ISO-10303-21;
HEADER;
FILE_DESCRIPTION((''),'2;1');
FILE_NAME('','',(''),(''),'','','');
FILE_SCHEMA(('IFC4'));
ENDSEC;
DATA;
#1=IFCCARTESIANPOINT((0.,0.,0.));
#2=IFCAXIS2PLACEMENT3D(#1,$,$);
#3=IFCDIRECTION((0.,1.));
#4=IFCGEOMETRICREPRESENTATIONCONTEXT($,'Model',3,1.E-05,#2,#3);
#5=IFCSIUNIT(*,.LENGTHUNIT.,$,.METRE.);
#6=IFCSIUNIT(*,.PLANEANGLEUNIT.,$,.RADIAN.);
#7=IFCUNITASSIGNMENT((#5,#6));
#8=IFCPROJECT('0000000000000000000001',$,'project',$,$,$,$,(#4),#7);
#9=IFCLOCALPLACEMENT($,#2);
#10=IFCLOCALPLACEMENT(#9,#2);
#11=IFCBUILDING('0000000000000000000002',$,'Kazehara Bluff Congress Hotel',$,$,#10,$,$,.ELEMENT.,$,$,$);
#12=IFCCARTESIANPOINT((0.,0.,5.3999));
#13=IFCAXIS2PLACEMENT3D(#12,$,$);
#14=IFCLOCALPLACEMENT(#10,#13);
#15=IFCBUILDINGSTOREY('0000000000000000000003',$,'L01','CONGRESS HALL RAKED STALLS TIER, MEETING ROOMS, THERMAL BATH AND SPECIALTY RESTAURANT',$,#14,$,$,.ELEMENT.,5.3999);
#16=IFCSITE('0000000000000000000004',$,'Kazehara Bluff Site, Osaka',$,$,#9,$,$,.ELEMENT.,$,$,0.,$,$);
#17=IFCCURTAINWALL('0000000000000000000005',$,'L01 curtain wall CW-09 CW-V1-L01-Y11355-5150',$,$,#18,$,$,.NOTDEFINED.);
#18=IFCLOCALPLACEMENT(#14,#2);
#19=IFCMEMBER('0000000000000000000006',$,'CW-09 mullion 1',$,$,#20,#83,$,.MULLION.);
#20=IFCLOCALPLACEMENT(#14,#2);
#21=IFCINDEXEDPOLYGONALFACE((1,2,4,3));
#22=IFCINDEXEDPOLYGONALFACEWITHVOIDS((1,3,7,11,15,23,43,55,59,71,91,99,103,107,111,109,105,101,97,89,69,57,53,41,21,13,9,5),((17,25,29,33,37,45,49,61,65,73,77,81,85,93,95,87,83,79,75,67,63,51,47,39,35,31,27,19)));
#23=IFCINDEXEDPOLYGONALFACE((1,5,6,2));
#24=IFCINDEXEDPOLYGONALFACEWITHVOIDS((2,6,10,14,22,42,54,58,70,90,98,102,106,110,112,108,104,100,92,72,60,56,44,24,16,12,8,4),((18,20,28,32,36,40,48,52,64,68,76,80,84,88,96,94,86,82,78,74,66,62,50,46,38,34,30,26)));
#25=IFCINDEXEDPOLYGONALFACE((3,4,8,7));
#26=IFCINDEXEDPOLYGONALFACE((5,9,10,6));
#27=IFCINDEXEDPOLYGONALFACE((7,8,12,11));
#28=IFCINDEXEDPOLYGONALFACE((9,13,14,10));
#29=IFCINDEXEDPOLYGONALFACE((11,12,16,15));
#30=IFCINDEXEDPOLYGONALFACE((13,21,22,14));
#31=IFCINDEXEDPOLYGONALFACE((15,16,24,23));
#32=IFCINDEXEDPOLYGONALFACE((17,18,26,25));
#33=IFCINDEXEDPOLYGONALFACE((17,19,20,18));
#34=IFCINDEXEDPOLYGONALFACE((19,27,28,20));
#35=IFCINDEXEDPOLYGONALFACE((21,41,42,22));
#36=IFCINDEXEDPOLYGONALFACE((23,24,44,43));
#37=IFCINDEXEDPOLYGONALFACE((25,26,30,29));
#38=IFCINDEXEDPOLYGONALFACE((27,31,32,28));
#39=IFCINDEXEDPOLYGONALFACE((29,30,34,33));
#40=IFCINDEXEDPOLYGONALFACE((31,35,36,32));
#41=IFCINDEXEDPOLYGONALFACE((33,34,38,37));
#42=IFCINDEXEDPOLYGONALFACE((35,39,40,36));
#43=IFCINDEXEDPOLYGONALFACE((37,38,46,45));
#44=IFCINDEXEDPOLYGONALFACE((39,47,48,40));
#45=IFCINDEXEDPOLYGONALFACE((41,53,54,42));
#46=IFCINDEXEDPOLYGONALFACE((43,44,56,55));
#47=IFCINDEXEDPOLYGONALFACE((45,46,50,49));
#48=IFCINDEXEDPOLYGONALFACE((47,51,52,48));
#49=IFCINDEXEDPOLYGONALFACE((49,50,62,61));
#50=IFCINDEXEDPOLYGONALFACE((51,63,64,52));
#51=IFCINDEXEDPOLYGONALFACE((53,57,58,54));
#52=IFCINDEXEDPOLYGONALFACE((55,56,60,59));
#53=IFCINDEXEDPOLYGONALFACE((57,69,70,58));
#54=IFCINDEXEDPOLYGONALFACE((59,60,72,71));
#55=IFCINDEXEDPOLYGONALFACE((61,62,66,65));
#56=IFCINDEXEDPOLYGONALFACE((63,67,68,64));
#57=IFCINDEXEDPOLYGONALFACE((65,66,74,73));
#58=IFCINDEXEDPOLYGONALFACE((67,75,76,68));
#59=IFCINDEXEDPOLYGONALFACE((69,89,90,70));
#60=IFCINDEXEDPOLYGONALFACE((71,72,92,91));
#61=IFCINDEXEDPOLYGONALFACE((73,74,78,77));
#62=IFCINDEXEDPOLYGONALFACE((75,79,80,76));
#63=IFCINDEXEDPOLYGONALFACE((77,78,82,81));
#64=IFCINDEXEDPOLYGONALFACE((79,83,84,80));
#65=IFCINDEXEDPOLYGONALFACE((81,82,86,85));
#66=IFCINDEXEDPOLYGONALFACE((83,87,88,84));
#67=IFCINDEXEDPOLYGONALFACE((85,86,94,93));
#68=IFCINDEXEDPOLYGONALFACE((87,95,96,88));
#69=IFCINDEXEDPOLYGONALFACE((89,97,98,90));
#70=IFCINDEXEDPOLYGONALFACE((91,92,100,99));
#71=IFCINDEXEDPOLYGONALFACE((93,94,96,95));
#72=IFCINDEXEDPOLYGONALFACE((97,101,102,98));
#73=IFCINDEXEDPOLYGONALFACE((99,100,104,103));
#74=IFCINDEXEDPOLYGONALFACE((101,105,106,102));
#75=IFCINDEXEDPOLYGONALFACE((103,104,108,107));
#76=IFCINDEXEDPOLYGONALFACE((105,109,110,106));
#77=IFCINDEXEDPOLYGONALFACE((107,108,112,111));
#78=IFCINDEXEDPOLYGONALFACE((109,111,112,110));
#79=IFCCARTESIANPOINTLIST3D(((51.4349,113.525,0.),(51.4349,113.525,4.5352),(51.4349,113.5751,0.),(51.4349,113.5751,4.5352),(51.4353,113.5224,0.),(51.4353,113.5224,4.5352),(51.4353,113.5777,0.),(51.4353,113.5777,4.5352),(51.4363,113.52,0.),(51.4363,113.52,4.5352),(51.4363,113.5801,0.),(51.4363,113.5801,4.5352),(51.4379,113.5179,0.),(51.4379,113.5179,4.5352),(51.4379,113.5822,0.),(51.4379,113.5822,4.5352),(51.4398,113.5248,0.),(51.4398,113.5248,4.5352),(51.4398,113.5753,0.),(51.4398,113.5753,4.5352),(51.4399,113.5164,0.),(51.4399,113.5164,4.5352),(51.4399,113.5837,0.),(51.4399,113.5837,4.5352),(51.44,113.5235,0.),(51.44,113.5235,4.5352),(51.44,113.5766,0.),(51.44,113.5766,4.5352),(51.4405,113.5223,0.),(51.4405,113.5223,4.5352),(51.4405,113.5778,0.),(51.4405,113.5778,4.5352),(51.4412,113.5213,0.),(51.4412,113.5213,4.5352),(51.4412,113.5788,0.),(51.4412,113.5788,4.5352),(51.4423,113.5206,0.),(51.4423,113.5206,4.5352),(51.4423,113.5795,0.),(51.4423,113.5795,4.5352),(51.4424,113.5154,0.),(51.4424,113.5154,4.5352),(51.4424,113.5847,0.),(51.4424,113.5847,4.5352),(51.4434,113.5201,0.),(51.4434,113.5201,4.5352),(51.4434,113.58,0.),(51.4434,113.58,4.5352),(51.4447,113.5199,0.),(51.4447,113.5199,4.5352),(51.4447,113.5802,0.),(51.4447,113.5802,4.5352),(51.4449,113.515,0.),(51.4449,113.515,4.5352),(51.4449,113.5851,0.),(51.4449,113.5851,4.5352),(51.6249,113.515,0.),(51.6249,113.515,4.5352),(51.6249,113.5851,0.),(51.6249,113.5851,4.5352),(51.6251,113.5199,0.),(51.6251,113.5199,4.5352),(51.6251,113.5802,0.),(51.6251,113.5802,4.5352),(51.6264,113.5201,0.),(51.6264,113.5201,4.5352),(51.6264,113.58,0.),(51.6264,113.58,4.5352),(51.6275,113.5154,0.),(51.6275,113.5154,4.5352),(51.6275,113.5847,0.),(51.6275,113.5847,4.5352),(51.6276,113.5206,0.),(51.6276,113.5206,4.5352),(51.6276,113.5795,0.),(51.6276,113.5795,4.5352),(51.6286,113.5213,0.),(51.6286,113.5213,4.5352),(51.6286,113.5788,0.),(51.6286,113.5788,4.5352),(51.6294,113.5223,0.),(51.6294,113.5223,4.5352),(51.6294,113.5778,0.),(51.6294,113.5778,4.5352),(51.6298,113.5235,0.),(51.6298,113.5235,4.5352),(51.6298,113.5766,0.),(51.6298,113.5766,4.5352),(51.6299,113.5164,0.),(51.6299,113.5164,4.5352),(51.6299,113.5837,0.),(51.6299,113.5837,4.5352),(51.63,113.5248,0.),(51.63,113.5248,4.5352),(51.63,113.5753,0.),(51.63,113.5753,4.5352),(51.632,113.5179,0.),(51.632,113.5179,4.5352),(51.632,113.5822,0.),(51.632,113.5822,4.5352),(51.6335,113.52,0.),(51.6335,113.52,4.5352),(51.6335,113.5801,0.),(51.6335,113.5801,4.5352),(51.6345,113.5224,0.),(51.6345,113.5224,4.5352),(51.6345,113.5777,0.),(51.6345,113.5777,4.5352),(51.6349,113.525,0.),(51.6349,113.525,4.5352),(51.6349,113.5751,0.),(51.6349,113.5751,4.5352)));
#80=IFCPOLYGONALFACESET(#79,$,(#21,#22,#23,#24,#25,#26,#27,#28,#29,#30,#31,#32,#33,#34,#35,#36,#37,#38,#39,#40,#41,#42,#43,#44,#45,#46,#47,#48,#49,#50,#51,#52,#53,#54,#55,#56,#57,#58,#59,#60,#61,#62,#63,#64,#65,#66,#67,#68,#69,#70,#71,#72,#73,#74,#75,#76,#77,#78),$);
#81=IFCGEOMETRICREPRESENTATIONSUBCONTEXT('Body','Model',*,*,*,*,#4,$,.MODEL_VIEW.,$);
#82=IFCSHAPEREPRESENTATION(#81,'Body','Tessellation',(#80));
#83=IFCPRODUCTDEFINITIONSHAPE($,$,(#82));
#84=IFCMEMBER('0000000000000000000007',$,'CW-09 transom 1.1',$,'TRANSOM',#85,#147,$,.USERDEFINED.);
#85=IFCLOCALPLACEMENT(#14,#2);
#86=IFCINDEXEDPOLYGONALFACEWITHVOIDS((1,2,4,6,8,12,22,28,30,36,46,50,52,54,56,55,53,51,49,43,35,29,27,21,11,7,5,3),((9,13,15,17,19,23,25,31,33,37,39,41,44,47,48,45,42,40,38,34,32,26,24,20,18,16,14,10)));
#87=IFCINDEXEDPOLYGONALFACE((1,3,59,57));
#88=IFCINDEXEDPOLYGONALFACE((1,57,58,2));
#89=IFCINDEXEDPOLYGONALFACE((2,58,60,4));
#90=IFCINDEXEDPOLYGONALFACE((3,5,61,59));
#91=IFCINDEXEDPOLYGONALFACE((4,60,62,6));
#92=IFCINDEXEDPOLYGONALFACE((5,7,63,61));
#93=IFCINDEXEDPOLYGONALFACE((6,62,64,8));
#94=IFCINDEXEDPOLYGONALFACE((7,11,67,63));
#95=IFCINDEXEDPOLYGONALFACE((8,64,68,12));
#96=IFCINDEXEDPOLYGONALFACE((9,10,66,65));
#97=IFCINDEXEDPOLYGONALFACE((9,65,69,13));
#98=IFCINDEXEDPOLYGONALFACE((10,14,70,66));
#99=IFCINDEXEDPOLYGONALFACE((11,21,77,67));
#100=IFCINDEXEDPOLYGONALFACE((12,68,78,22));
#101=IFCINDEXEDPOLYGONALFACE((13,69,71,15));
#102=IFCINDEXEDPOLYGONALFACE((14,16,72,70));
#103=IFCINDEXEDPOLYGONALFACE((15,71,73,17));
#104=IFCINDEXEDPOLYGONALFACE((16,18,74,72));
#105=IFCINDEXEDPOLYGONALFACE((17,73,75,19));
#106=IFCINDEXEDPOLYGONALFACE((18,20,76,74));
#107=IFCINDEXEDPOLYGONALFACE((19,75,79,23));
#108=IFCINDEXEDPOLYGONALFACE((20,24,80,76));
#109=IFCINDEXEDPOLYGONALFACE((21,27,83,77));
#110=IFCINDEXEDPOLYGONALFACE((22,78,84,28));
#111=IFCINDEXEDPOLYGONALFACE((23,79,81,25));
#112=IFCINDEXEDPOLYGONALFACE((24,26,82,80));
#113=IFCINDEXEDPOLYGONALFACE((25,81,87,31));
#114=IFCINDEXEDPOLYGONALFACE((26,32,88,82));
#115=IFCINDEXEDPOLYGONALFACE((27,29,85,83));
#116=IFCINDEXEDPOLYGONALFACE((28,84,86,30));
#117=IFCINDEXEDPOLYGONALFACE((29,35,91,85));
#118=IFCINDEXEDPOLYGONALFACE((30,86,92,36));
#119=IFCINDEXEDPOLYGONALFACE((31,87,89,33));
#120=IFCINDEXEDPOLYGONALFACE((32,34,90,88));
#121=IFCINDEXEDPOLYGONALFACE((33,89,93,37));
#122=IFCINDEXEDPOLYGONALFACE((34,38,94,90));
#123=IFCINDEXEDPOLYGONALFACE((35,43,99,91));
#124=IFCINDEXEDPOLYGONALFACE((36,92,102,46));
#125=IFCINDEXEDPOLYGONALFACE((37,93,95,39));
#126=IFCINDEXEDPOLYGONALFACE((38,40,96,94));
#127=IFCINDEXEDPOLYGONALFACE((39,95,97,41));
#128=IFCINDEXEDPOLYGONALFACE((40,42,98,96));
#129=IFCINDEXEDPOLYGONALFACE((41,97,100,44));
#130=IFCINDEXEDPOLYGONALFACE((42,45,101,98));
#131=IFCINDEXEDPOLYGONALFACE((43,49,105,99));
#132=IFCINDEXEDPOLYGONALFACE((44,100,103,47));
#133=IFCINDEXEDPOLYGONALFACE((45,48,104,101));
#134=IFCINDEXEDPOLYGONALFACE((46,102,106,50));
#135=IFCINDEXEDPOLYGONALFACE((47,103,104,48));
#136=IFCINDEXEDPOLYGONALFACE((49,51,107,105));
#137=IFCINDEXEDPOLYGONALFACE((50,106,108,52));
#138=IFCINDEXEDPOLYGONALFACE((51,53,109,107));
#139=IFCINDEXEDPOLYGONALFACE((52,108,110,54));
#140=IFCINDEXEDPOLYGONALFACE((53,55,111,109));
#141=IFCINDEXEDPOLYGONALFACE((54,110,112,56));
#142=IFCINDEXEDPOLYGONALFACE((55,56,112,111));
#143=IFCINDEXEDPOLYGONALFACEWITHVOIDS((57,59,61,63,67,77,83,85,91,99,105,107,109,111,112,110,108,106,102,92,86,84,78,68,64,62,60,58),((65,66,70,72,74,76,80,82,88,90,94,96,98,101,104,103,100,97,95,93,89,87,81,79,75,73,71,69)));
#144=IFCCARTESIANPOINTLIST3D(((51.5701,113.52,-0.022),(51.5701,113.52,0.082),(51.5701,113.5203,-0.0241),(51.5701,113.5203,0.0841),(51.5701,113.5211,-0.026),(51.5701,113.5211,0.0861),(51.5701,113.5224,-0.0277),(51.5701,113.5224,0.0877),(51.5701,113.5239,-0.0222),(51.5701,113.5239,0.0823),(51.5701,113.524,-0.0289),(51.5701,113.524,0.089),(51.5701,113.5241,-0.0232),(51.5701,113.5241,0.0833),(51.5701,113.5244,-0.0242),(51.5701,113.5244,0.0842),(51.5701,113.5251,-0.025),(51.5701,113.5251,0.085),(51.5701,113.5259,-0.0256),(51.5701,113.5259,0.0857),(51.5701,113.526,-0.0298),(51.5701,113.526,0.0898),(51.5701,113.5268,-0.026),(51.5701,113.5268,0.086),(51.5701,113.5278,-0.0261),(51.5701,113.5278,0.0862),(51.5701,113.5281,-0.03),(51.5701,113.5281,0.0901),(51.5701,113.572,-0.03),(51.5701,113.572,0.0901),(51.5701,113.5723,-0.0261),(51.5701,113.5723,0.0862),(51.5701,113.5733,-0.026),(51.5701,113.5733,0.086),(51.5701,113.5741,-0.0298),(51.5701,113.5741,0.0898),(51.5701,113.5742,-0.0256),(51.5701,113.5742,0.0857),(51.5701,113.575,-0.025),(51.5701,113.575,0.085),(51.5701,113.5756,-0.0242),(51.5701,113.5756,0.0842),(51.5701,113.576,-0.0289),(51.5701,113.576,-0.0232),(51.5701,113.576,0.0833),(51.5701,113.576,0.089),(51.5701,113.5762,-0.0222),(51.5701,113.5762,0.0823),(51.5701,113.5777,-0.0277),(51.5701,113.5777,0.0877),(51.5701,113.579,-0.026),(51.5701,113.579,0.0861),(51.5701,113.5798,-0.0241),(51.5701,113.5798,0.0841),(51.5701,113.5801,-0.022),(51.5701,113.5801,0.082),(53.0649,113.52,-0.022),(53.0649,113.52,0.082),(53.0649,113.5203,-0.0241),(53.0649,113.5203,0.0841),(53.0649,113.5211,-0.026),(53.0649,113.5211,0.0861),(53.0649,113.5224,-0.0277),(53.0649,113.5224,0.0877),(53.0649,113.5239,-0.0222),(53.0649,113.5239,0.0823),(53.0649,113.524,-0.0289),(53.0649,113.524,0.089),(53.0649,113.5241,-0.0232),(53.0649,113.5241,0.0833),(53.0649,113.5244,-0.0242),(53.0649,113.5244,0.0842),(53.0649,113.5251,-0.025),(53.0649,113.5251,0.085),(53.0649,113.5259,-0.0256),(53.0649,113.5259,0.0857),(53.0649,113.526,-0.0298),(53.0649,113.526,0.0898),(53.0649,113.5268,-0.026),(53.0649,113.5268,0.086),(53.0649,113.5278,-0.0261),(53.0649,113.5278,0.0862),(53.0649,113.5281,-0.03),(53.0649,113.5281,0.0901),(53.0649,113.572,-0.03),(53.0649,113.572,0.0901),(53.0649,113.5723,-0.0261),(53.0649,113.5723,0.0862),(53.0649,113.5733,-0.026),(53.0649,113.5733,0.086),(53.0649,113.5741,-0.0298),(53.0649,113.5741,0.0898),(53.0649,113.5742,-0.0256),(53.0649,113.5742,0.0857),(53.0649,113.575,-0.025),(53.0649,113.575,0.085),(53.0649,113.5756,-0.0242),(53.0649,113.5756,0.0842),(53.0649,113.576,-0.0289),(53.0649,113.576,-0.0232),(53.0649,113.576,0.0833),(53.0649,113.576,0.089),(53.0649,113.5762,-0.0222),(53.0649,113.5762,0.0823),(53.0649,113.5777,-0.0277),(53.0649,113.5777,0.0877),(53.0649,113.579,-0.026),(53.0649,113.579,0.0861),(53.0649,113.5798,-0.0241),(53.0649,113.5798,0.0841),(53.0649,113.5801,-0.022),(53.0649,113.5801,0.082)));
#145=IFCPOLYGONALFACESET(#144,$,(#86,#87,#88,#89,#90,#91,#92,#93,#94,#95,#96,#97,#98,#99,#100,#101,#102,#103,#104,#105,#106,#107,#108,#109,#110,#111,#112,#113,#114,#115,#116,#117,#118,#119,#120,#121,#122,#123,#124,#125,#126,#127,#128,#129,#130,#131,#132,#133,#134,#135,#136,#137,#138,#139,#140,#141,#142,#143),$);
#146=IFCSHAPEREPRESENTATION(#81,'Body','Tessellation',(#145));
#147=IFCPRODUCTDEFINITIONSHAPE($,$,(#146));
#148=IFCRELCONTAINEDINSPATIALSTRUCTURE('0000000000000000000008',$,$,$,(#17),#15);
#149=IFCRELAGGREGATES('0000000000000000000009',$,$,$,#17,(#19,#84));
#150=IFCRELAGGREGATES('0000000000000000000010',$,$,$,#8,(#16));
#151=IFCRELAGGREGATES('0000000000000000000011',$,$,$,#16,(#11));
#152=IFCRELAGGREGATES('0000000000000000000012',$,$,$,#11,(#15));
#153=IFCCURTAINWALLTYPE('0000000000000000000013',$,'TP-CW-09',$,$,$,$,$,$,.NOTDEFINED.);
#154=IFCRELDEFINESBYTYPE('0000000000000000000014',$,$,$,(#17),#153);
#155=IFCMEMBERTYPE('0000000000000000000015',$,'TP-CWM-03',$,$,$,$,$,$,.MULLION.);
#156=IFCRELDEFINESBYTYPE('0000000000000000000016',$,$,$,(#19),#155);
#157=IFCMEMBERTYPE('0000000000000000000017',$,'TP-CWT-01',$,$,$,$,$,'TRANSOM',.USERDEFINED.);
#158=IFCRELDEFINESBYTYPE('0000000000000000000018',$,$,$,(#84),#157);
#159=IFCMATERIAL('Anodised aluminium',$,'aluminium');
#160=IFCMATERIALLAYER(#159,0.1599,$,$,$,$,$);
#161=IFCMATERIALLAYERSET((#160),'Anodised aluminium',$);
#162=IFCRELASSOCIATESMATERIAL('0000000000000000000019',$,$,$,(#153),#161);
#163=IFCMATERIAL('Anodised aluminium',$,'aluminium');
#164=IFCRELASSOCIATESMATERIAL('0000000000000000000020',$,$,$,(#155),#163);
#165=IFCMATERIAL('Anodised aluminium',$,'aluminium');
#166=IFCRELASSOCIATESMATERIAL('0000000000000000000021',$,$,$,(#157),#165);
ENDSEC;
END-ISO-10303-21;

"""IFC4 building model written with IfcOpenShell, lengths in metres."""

from ifc_helpers import new_model, si_unit, direction, frame, origin, origin_2d, place, context, subcontext, project, spatial, hollow_rectangle, extrude, material, layer, layer_set, material_profile, profile_set, type_object, element, aggregate, save


model = new_model("IFC4")

# Units and contexts
model_context = context("Model", 3, precision=1e-05, world=origin(), true_north=direction((0.0, 1.0)))
body_context = subcontext(model_context, "Body", "Model", "MODEL_VIEW")
ifc_project = project(units=[si_unit("LENGTHUNIT", "METRE"), si_unit("PLANEANGLEUNIT", "RADIAN")], contexts=[model_context])

# Site, building, storey
site_placement = place(None, origin())
site = spatial("IfcSite", under=ifc_project, at=site_placement, Name="Kazehara Bluff Site, Osaka", CompositionType="ELEMENT", RefElevation=0.0)
building_placement = place(site_placement, origin())
building = spatial("IfcBuilding", under=site, at=building_placement, Name="Kazehara Bluff Congress Hotel", CompositionType="ELEMENT")
storey_placement = place(building_placement, frame((0.0, 0.0, 5.3999)))
storey = spatial("IfcBuildingStorey", under=building, at=storey_placement, Name="L01", Description="CONGRESS HALL RAKED STALLS TIER, MEETING ROOMS, THERMAL BATH AND SPECIALTY RESTAURANT", CompositionType="ELEMENT", Elevation=5.3999)

# Curtain wall, members
ifc_material_1 = material(Name="Anodised aluminium", Category="aluminium")
ifc_layer_1 = layer(ifc_material_1, 0.1599)
ifc_layer_set_1 = layer_set([ifc_layer_1], Name="Anodised aluminium")
curtain_wall_type_1 = type_object("IfcCurtainWallType", Name="TP-CW-09", PredefinedType="NOTDEFINED", material=ifc_layer_set_1)
curtain_wall_1_placement = place(storey_placement, origin())
curtain_wall_1 = element("IfcCurtainWall", 1, at=curtain_wall_1_placement, inside=storey, type_object=curtain_wall_type_1, Name="L01 curtain wall CW-09 CW-V1-L01-Y11355-5150", PredefinedType="NOTDEFINED")
ifc_material_2 = material(Name="Anodised aluminium", Category="aluminium")
ifc_material_profile_1 = material_profile(ifc_material_2, hollow_rectangle(XDim=0.0701, YDim=0.2, WallThickness=0.0049, InnerFilletRadius=0.0049, OuterFilletRadius=0.01, at=origin_2d()))
ifc_profile_set_1 = profile_set([ifc_material_profile_1], Name="Anodised aluminium")
member_type_1 = type_object("IfcMemberType", Name="TP-CWM-03", PredefinedType="MULLION", material=ifc_profile_set_1)
member_1_placement = place(storey_placement, frame((51.5349, 113.55, 0.0), z_axis=(0.0, 0.0, 1.0), x_axis=(0.0, 1.0, 0.0)))
member_1 = element("IfcMember", 2, at=member_1_placement, type_object=member_type_1, Name="CW-09 mullion 1", PredefinedType="MULLION", context=body_context, shape_type="SweptSolid", body=[
    extrude(hollow_rectangle(XDim=0.0701, YDim=0.2, WallThickness=0.0049, InnerFilletRadius=0.0049, OuterFilletRadius=0.01, at=origin_2d()), origin(), (0.0, 0.0, 1.0), 4.5352),
])
ifc_material_3 = material(Name="Anodised aluminium", Category="aluminium")
ifc_material_profile_2 = material_profile(ifc_material_3, hollow_rectangle(XDim=0.0601, YDim=0.1201, WallThickness=0.0039, InnerFilletRadius=0.0039, OuterFilletRadius=0.0081, at=origin_2d()))
ifc_profile_set_2 = profile_set([ifc_material_profile_2], Name="Anodised aluminium")
member_type_2 = type_object("IfcMemberType", Name="TP-CWT-01", ElementType="TRANSOM", PredefinedType="USERDEFINED", material=ifc_profile_set_2)
member_2_placement = place(storey_placement, frame((51.5701, 113.55, 0.03), z_axis=(1.0, 0.0, 0.0), x_axis=(0.0, 1.0, 0.0)))
member_2 = element("IfcMember", 3, at=member_2_placement, type_object=member_type_2, Name="CW-09 transom 1.1", ObjectType="TRANSOM", PredefinedType="USERDEFINED", context=body_context, shape_type="SweptSolid", body=[
    extrude(hollow_rectangle(XDim=0.0601, YDim=0.1201, WallThickness=0.0039, InnerFilletRadius=0.0039, OuterFilletRadius=0.0081, at=origin_2d()), origin(), (0.0, 0.0, 1.0), 1.4949),
])
aggregate(curtain_wall_1, [member_1, member_2])

save(model, "model.ifc")
